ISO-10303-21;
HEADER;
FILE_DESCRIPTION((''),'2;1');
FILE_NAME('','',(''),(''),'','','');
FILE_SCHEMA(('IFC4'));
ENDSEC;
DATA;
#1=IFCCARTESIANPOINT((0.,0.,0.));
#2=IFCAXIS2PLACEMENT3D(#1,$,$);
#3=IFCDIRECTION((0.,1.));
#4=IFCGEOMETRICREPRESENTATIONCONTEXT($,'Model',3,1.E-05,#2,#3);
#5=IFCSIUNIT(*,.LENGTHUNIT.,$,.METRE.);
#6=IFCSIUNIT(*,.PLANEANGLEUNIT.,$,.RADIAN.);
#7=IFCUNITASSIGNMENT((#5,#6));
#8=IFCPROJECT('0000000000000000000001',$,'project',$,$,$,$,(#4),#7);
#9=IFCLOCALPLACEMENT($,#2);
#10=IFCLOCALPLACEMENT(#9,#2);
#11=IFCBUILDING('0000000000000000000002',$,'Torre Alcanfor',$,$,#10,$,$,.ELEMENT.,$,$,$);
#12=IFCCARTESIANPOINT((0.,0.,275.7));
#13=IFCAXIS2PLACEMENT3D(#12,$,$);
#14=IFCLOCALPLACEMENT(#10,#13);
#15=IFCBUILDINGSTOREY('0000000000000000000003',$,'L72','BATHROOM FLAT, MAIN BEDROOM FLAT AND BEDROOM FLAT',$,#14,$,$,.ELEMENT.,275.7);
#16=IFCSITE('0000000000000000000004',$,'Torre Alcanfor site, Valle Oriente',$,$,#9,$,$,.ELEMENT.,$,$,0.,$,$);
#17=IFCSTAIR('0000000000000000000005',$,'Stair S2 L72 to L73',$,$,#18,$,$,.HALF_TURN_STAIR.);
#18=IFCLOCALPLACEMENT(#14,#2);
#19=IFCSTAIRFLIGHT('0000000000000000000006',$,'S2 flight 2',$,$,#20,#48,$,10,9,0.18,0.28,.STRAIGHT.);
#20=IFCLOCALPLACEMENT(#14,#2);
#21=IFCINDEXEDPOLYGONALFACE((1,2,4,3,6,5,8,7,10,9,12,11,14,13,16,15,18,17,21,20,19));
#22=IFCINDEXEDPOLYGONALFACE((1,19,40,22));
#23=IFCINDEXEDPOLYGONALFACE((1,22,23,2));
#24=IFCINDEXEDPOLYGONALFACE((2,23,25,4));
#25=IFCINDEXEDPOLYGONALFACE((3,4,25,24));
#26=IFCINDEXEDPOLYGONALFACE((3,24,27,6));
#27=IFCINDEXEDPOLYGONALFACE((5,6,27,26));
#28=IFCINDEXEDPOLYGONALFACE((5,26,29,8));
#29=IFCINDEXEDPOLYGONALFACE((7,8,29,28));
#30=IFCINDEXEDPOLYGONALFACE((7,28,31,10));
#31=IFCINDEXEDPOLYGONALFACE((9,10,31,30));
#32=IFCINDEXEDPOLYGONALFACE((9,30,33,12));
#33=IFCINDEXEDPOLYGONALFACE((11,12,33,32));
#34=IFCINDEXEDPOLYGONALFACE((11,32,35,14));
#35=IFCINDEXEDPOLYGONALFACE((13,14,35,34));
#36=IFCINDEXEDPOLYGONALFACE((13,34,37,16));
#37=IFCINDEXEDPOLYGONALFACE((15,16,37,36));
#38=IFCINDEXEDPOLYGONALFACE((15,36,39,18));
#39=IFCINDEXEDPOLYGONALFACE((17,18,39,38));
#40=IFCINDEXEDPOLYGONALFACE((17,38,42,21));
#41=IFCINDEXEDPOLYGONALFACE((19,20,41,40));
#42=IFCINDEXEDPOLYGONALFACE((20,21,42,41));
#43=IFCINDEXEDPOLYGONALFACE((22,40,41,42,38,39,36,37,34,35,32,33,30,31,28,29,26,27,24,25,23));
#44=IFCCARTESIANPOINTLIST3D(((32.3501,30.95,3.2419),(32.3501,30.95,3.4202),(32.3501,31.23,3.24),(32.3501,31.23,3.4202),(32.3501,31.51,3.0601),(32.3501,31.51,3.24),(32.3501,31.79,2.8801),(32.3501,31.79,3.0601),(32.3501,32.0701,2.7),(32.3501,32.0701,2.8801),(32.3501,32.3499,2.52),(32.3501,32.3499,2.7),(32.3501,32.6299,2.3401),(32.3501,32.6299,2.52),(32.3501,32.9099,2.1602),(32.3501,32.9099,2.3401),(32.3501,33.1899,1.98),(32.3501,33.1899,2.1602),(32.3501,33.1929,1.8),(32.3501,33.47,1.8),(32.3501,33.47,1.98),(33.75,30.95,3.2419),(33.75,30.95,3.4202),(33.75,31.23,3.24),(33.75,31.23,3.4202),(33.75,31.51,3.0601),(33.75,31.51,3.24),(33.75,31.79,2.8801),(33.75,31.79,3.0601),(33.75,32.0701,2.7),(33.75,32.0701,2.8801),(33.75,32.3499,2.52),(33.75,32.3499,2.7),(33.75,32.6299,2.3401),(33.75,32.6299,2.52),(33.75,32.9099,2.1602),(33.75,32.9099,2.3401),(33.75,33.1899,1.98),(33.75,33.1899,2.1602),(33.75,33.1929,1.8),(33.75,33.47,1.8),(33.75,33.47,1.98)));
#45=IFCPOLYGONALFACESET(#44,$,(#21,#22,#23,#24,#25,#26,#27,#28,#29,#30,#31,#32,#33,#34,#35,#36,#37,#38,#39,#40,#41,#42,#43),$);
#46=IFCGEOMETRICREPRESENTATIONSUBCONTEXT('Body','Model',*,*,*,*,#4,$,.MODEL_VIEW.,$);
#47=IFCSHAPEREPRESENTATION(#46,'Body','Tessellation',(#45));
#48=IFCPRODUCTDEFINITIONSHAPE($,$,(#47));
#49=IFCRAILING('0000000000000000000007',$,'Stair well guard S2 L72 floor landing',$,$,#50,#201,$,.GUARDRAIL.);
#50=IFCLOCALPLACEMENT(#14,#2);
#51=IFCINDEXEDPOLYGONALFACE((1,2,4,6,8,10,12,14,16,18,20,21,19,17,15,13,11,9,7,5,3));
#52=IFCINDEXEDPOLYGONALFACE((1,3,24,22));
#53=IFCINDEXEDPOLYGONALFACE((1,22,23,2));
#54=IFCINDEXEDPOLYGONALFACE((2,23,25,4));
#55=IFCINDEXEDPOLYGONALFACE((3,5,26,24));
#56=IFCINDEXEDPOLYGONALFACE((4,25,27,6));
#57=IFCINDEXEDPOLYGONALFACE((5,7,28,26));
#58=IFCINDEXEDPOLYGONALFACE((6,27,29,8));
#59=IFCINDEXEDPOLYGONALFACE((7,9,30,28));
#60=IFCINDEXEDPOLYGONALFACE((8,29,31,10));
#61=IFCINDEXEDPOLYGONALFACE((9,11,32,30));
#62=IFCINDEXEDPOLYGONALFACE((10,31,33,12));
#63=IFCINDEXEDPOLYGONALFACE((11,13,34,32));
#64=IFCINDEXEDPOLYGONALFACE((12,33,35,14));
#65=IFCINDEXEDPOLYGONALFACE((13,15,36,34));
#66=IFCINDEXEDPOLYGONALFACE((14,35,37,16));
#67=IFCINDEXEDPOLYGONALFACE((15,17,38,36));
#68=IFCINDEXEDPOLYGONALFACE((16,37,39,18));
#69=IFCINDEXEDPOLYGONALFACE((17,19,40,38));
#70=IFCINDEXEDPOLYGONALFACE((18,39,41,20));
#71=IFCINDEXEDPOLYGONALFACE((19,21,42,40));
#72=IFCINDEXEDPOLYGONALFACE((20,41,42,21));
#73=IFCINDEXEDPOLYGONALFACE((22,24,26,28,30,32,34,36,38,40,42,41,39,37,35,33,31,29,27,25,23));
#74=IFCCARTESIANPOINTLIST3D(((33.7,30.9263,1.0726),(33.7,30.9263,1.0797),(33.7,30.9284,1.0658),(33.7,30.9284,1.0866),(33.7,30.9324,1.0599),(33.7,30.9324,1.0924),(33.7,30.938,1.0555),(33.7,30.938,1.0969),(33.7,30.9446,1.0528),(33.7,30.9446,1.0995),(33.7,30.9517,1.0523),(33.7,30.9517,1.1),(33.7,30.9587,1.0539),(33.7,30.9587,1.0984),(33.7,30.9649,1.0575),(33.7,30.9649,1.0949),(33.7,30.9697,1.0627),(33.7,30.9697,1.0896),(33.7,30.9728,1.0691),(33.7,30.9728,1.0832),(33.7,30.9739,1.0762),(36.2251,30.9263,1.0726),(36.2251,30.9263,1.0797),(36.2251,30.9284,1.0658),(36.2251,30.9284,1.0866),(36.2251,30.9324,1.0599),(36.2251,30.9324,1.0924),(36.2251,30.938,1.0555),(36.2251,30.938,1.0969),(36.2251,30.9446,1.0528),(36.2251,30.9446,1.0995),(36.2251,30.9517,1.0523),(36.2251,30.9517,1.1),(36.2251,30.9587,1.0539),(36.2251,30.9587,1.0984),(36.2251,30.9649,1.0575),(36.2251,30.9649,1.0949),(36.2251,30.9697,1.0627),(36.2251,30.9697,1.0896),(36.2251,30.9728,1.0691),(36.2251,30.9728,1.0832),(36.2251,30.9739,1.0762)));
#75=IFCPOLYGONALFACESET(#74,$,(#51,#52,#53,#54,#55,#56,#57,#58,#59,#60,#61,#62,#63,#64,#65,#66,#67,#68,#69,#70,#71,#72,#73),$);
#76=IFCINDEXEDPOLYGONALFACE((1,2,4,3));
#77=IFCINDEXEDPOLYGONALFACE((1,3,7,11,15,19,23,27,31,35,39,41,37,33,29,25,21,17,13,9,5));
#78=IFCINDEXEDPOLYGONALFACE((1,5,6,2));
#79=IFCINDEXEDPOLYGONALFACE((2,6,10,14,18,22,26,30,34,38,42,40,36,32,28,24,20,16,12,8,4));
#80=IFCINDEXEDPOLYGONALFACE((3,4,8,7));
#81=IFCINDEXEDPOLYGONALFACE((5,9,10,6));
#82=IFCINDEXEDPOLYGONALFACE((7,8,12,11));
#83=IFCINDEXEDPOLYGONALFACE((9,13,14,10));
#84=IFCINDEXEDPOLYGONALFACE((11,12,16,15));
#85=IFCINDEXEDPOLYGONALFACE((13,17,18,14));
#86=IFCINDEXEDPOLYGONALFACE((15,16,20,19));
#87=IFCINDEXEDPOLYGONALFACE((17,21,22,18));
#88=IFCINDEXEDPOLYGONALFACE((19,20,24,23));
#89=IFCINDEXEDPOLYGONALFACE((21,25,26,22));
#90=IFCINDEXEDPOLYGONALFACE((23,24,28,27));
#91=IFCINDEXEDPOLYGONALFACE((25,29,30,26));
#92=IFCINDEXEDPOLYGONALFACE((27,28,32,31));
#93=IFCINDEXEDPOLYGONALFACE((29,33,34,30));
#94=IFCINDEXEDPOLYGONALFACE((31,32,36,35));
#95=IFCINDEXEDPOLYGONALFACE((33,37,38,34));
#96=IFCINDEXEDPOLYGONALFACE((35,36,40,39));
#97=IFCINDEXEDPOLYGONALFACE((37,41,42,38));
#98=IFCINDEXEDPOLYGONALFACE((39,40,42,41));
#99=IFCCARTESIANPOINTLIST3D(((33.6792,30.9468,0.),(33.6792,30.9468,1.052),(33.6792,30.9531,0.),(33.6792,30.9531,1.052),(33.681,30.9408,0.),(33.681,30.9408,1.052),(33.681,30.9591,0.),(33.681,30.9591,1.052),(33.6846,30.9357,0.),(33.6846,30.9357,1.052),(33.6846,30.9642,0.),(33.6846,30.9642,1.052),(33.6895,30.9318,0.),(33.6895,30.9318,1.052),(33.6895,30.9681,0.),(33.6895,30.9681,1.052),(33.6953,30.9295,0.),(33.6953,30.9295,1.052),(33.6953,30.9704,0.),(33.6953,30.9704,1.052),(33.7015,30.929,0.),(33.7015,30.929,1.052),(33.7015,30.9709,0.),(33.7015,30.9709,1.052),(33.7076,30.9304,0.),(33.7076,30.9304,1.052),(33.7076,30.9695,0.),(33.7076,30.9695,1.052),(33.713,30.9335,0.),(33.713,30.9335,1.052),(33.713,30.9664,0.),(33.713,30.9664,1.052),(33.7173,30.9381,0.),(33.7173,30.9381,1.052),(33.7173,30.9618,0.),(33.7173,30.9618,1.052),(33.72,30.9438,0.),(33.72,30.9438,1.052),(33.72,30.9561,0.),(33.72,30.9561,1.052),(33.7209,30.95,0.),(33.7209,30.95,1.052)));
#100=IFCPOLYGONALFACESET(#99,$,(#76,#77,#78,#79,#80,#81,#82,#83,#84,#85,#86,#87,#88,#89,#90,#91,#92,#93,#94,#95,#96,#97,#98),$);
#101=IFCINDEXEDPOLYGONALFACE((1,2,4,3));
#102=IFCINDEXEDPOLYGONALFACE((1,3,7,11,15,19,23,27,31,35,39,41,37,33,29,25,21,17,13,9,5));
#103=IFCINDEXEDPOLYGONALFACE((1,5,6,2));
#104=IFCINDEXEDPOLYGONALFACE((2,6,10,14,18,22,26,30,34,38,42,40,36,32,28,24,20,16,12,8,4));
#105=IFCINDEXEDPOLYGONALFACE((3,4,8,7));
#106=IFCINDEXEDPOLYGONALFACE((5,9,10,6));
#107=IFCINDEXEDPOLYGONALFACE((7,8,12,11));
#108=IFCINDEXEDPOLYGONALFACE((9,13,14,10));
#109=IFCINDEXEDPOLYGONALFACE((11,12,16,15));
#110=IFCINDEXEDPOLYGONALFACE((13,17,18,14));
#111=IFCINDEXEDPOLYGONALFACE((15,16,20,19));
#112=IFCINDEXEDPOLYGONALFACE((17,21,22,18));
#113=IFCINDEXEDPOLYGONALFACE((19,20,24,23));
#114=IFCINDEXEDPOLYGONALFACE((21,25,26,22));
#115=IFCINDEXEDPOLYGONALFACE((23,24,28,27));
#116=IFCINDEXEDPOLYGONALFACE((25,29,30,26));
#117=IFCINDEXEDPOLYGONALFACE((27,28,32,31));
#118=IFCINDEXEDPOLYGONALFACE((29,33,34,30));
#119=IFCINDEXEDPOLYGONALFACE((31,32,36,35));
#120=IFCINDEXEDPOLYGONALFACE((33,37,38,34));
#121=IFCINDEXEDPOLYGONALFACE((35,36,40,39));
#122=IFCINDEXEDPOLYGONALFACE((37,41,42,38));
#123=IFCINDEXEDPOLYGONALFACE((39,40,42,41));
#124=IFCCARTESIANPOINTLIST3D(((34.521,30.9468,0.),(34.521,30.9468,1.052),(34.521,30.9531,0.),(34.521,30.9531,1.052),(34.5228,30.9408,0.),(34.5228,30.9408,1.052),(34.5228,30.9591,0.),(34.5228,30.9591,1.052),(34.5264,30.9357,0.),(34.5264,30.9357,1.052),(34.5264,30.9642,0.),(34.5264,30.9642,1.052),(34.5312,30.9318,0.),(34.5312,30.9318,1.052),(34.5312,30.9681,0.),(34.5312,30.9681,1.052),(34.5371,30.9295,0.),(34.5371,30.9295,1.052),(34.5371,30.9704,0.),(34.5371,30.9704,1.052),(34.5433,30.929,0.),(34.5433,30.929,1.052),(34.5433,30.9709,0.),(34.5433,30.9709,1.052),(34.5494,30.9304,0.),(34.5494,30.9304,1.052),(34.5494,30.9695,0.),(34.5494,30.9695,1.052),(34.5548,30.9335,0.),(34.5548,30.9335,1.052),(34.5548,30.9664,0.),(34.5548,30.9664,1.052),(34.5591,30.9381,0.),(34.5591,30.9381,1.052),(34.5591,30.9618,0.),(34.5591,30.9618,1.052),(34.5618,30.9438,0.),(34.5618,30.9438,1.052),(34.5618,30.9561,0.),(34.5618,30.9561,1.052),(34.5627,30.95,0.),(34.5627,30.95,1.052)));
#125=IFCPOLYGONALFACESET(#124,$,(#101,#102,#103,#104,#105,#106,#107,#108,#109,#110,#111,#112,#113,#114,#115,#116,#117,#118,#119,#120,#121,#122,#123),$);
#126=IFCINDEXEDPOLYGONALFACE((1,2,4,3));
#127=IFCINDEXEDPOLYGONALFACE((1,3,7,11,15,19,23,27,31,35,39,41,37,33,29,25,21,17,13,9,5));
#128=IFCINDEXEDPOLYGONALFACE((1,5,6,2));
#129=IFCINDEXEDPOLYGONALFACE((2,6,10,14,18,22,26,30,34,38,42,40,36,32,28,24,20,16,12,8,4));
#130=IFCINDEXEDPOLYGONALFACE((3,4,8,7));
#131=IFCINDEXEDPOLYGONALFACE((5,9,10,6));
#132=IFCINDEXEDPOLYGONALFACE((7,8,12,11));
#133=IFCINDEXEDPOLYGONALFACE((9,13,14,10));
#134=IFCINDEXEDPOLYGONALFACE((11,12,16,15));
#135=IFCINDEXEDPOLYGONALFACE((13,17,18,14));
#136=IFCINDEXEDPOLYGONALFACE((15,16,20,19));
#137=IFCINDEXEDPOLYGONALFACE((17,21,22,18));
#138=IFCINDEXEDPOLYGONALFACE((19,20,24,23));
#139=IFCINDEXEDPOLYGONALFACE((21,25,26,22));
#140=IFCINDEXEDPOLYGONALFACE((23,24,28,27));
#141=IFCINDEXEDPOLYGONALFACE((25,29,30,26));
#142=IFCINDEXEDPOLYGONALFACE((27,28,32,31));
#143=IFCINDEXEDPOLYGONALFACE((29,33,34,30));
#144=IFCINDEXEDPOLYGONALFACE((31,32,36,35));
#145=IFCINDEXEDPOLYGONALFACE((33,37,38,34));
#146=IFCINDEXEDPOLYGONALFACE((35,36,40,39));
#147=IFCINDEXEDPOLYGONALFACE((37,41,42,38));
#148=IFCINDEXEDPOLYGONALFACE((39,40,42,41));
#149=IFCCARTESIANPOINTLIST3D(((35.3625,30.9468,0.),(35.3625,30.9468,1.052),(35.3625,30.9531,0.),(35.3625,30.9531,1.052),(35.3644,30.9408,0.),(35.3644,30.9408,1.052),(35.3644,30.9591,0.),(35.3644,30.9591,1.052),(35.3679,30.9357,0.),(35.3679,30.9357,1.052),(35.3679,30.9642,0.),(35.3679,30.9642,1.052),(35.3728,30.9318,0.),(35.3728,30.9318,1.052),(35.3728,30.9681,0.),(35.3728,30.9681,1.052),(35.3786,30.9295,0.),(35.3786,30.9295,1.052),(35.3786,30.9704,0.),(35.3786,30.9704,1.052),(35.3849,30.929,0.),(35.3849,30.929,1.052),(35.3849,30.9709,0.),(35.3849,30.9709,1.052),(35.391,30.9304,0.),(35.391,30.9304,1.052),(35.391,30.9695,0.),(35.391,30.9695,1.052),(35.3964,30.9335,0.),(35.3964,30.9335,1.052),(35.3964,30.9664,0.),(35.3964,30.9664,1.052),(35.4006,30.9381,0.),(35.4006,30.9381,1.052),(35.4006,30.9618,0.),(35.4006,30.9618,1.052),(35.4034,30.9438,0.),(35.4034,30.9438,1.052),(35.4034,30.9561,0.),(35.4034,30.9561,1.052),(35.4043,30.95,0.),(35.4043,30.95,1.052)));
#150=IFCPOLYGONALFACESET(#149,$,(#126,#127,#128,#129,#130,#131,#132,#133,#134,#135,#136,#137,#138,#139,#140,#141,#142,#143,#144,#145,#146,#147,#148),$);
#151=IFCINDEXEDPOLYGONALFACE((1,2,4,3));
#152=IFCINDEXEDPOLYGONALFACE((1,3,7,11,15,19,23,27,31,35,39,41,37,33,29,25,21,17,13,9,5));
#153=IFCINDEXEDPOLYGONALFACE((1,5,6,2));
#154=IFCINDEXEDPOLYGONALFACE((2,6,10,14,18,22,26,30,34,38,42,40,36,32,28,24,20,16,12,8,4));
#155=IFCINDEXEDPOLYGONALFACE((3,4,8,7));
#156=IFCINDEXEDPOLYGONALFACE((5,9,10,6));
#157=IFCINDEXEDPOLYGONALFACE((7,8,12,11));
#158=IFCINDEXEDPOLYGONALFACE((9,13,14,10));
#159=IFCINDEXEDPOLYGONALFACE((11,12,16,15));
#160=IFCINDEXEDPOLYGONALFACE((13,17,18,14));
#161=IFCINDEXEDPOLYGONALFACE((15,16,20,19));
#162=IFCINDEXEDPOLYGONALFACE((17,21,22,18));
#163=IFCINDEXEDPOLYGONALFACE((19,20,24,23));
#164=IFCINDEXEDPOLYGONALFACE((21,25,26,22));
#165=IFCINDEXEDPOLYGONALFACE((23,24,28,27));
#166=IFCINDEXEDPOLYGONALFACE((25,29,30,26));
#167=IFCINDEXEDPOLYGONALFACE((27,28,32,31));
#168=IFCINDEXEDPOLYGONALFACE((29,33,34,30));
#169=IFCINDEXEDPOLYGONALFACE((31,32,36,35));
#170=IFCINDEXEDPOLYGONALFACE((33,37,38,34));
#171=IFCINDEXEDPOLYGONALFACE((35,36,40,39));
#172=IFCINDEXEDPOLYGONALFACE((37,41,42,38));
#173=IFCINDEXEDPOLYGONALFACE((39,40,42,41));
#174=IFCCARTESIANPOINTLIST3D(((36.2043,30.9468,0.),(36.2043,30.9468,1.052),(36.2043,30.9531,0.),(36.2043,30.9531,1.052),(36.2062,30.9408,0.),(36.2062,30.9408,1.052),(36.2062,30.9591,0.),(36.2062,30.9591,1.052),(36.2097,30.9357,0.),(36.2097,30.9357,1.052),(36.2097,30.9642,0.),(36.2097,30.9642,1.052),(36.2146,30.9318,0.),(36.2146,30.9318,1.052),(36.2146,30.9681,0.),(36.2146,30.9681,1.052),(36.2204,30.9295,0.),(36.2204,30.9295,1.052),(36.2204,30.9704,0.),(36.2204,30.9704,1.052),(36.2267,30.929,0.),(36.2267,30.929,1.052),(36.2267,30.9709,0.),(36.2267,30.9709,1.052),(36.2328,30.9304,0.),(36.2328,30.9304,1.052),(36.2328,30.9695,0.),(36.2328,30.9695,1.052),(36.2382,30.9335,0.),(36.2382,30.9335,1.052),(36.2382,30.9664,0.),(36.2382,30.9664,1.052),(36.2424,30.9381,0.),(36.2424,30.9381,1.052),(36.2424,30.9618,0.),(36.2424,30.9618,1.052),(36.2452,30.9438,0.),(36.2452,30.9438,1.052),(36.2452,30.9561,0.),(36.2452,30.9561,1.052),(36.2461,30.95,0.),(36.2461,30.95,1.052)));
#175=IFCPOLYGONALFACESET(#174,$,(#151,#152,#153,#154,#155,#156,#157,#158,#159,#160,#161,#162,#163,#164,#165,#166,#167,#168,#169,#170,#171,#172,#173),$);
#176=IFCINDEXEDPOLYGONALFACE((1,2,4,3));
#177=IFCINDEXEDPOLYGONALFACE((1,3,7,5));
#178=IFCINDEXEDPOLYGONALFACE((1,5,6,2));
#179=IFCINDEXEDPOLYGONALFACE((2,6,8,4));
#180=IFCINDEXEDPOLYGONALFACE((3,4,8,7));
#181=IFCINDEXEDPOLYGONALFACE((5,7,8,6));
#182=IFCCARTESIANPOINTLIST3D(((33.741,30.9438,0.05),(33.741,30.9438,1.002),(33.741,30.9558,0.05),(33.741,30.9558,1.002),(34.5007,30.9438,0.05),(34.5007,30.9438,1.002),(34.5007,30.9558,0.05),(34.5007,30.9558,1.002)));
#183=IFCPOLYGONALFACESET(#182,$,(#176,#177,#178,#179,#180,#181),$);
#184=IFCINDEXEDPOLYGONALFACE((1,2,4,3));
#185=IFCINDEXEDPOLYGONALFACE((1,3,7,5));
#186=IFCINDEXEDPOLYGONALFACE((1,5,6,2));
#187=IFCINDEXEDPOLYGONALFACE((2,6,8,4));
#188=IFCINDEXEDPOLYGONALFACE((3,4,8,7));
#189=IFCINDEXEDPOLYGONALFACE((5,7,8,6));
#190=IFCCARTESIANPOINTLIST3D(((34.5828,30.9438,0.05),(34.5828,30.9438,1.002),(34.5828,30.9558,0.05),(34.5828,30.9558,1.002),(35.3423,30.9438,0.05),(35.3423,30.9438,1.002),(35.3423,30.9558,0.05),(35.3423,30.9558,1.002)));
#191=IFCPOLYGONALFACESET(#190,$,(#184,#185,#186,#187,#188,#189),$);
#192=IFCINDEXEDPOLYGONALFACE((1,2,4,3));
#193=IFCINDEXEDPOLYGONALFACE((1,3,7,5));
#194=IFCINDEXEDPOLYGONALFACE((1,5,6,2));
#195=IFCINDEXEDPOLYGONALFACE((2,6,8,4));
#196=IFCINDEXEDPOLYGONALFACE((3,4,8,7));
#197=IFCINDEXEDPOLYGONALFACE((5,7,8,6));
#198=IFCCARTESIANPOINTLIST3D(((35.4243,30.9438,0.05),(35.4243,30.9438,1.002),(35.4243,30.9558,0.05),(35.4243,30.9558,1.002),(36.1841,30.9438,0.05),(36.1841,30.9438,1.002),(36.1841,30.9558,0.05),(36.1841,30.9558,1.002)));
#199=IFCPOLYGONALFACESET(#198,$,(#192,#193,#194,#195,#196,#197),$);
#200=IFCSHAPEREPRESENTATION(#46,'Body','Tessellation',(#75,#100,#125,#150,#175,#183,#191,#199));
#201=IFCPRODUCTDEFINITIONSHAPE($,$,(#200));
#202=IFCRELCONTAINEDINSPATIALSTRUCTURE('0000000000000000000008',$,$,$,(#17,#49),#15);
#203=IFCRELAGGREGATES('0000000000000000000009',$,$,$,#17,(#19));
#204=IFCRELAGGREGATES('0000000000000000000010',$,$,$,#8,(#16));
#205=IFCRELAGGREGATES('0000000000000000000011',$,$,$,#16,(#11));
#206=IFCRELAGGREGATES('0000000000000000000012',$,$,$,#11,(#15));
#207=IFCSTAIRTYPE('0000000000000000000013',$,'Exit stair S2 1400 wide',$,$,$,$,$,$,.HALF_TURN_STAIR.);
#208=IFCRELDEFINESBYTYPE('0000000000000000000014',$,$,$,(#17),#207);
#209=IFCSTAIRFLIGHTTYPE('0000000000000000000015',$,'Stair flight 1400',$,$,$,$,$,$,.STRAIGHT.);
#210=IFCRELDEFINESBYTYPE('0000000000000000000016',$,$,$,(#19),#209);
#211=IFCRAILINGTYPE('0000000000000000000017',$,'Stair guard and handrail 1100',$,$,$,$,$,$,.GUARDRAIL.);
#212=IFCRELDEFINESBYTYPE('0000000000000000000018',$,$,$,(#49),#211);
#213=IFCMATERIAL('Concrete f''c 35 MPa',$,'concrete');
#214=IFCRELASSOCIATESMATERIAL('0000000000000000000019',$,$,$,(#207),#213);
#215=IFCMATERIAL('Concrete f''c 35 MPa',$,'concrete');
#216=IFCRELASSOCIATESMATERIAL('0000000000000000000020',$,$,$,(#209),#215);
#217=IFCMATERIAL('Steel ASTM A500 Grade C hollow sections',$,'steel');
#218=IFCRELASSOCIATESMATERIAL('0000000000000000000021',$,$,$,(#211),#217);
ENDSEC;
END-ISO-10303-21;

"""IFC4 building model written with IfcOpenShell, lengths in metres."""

from ifc_helpers import new_model, si_unit, direction, frame, origin, origin_2d, place, context, subcontext, project, spatial, polyline, circle, outline, extrude, material, type_object, element, aggregate, save


model = new_model("IFC4")

# Units and contexts
model_context = context("Model", 3, precision=1e-05, world=origin(), true_north=direction((0.0, 1.0)))
body_context = subcontext(model_context, "Body", "Model", "MODEL_VIEW")
ifc_project = project(units=[si_unit("LENGTHUNIT", "METRE"), si_unit("PLANEANGLEUNIT", "RADIAN")], contexts=[model_context])

# Site, building, storey
site_placement = place(None, origin())
site = spatial("IfcSite", under=ifc_project, at=site_placement, Name="Torre Alcanfor site, Valle Oriente", CompositionType="ELEMENT", RefElevation=0.0)
building_placement = place(site_placement, origin())
building = spatial("IfcBuilding", under=site, at=building_placement, Name="Torre Alcanfor", CompositionType="ELEMENT")
storey_placement = place(building_placement, frame((0.0, 0.0, 275.7)))
storey = spatial("IfcBuildingStorey", under=building, at=storey_placement, Name="L72", Description="BATHROOM FLAT, MAIN BEDROOM FLAT AND BEDROOM FLAT", CompositionType="ELEMENT", Elevation=275.7)

# Stair, stair flight
ifc_material_1 = material(Name="Concrete f'c 35 MPa", Category="concrete")
stair_type = type_object("IfcStairType", Name="Exit stair S2 1400 wide", PredefinedType="HALF_TURN_STAIR", material=ifc_material_1)
stair_placement = place(storey_placement, origin())
stair = element("IfcStair", 1, at=stair_placement, inside=storey, type_object=stair_type, Name="Stair S2 L72 to L73", PredefinedType="HALF_TURN_STAIR")
ifc_material_2 = material(Name="Concrete f'c 35 MPa", Category="concrete")
stair_flight_type = type_object("IfcStairFlightType", Name="Stair flight 1400", PredefinedType="STRAIGHT", material=ifc_material_2)
stair_flight_1_placement = place(storey_placement, frame((33.05, 33.47, 1.8), z_axis=(0.0, 0.0, 1.0), x_axis=(0.0, -1.0, 0.0)))
stair_flight_1 = element("IfcStairFlight", 2, at=stair_flight_1_placement, type_object=stair_flight_type, Name="S2 flight 2", NumberOfRisers=10, NumberOfTreads=9, PredefinedType="STRAIGHT", RiserHeight=0.18, TreadLength=0.28, context=body_context, shape_type="SweptSolid", body=[
    extrude(outline(polyline([(0.0, 0.0), (0.0, 0.1799), (0.28, 0.1799), (0.28, 0.3601), (0.5601, 0.3601), (0.5601, 0.54), (0.8401, 0.54), (0.8401, 0.72), (1.1201, 0.72), (1.1201, 0.8999), (1.3999, 0.8999), (1.3999, 1.0801), (1.6799, 1.0801), (1.6799, 1.26), (1.96, 1.26), (1.96, 1.4399), (2.24, 1.4399), (2.24, 1.6201), (2.52, 1.6201), (2.52, 1.8), (2.52, 1.4419), (0.2771, 0.0), (0.0, 0.0)])), frame((0.0, 0.7, 0.0), z_axis=(0.0, -1.0, 0.0), x_axis=(1.0, 0.0, 0.0)), (0.0, 0.0, 1.0), 1.3999),
])
aggregate(stair, [stair_flight_1])

# Railing
ifc_material_3 = material(Name="Steel ASTM A500 Grade C hollow sections", Category="steel")
railing_type_1 = type_object("IfcRailingType", Name="Stair guard and handrail 1100", PredefinedType="GUARDRAIL", material=ifc_material_3)
for number, where, name in (
    (3, (33.7, 30.95, 0.0), "Stair well guard S2 L72 floor landing"),
):
    element("IfcRailing", number, at=place(storey_placement, frame(where)), inside=storey, type_object=railing_type_1, Name=name, PredefinedType="GUARDRAIL", context=body_context, shape_type="SweptSolid", body=[
        extrude(circle(Radius=0.0239, at=origin_2d()), frame((0.0, 0.0, 1.0762), z_axis=(1.0, 0.0, 0.0), x_axis=(0.0, 1.0, 0.0)), (0.0, 0.0, 1.0), 2.5251),
        extrude(circle(Radius=0.021, at=origin_2d()), origin(), (0.0, 0.0, 1.0), 1.052),
        extrude(circle(Radius=0.021, at=origin_2d()), frame((0.8418, 0.0, 0.0)), (0.0, 0.0, 1.0), 1.052),
        extrude(circle(Radius=0.021, at=origin_2d()), frame((1.6833, 0.0, 0.0)), (0.0, 0.0, 1.0), 1.052),
        extrude(circle(Radius=0.021, at=origin_2d()), frame((2.5251, 0.0, 0.0)), (0.0, 0.0, 1.0), 1.052),
        extrude(outline(polyline([(0.041, 0.05), (0.8008, 0.05), (0.8008, 1.002), (0.041, 1.002), (0.041, 0.05)])), frame((0.0, 0.0059, 0.0), z_axis=(0.0, -1.0, 0.0), x_axis=(1.0, 0.0, 0.0)), (0.0, 0.0, 1.0), 0.012),
        extrude(outline(polyline([(0.8828, 0.05), (1.6423, 0.05), (1.6423, 1.002), (0.8828, 1.002), (0.8828, 0.05)])), frame((0.0, 0.0059, 0.0), z_axis=(0.0, -1.0, 0.0), x_axis=(1.0, 0.0, 0.0)), (0.0, 0.0, 1.0), 0.012),
        extrude(outline(polyline([(1.7244, 0.05), (2.4841, 0.05), (2.4841, 1.002), (1.7244, 1.002), (1.7244, 0.05)])), frame((0.0, 0.0059, 0.0), z_axis=(0.0, -1.0, 0.0), x_axis=(1.0, 0.0, 0.0)), (0.0, 0.0, 1.0), 0.012),
    ])

save(model, "model.ifc")
